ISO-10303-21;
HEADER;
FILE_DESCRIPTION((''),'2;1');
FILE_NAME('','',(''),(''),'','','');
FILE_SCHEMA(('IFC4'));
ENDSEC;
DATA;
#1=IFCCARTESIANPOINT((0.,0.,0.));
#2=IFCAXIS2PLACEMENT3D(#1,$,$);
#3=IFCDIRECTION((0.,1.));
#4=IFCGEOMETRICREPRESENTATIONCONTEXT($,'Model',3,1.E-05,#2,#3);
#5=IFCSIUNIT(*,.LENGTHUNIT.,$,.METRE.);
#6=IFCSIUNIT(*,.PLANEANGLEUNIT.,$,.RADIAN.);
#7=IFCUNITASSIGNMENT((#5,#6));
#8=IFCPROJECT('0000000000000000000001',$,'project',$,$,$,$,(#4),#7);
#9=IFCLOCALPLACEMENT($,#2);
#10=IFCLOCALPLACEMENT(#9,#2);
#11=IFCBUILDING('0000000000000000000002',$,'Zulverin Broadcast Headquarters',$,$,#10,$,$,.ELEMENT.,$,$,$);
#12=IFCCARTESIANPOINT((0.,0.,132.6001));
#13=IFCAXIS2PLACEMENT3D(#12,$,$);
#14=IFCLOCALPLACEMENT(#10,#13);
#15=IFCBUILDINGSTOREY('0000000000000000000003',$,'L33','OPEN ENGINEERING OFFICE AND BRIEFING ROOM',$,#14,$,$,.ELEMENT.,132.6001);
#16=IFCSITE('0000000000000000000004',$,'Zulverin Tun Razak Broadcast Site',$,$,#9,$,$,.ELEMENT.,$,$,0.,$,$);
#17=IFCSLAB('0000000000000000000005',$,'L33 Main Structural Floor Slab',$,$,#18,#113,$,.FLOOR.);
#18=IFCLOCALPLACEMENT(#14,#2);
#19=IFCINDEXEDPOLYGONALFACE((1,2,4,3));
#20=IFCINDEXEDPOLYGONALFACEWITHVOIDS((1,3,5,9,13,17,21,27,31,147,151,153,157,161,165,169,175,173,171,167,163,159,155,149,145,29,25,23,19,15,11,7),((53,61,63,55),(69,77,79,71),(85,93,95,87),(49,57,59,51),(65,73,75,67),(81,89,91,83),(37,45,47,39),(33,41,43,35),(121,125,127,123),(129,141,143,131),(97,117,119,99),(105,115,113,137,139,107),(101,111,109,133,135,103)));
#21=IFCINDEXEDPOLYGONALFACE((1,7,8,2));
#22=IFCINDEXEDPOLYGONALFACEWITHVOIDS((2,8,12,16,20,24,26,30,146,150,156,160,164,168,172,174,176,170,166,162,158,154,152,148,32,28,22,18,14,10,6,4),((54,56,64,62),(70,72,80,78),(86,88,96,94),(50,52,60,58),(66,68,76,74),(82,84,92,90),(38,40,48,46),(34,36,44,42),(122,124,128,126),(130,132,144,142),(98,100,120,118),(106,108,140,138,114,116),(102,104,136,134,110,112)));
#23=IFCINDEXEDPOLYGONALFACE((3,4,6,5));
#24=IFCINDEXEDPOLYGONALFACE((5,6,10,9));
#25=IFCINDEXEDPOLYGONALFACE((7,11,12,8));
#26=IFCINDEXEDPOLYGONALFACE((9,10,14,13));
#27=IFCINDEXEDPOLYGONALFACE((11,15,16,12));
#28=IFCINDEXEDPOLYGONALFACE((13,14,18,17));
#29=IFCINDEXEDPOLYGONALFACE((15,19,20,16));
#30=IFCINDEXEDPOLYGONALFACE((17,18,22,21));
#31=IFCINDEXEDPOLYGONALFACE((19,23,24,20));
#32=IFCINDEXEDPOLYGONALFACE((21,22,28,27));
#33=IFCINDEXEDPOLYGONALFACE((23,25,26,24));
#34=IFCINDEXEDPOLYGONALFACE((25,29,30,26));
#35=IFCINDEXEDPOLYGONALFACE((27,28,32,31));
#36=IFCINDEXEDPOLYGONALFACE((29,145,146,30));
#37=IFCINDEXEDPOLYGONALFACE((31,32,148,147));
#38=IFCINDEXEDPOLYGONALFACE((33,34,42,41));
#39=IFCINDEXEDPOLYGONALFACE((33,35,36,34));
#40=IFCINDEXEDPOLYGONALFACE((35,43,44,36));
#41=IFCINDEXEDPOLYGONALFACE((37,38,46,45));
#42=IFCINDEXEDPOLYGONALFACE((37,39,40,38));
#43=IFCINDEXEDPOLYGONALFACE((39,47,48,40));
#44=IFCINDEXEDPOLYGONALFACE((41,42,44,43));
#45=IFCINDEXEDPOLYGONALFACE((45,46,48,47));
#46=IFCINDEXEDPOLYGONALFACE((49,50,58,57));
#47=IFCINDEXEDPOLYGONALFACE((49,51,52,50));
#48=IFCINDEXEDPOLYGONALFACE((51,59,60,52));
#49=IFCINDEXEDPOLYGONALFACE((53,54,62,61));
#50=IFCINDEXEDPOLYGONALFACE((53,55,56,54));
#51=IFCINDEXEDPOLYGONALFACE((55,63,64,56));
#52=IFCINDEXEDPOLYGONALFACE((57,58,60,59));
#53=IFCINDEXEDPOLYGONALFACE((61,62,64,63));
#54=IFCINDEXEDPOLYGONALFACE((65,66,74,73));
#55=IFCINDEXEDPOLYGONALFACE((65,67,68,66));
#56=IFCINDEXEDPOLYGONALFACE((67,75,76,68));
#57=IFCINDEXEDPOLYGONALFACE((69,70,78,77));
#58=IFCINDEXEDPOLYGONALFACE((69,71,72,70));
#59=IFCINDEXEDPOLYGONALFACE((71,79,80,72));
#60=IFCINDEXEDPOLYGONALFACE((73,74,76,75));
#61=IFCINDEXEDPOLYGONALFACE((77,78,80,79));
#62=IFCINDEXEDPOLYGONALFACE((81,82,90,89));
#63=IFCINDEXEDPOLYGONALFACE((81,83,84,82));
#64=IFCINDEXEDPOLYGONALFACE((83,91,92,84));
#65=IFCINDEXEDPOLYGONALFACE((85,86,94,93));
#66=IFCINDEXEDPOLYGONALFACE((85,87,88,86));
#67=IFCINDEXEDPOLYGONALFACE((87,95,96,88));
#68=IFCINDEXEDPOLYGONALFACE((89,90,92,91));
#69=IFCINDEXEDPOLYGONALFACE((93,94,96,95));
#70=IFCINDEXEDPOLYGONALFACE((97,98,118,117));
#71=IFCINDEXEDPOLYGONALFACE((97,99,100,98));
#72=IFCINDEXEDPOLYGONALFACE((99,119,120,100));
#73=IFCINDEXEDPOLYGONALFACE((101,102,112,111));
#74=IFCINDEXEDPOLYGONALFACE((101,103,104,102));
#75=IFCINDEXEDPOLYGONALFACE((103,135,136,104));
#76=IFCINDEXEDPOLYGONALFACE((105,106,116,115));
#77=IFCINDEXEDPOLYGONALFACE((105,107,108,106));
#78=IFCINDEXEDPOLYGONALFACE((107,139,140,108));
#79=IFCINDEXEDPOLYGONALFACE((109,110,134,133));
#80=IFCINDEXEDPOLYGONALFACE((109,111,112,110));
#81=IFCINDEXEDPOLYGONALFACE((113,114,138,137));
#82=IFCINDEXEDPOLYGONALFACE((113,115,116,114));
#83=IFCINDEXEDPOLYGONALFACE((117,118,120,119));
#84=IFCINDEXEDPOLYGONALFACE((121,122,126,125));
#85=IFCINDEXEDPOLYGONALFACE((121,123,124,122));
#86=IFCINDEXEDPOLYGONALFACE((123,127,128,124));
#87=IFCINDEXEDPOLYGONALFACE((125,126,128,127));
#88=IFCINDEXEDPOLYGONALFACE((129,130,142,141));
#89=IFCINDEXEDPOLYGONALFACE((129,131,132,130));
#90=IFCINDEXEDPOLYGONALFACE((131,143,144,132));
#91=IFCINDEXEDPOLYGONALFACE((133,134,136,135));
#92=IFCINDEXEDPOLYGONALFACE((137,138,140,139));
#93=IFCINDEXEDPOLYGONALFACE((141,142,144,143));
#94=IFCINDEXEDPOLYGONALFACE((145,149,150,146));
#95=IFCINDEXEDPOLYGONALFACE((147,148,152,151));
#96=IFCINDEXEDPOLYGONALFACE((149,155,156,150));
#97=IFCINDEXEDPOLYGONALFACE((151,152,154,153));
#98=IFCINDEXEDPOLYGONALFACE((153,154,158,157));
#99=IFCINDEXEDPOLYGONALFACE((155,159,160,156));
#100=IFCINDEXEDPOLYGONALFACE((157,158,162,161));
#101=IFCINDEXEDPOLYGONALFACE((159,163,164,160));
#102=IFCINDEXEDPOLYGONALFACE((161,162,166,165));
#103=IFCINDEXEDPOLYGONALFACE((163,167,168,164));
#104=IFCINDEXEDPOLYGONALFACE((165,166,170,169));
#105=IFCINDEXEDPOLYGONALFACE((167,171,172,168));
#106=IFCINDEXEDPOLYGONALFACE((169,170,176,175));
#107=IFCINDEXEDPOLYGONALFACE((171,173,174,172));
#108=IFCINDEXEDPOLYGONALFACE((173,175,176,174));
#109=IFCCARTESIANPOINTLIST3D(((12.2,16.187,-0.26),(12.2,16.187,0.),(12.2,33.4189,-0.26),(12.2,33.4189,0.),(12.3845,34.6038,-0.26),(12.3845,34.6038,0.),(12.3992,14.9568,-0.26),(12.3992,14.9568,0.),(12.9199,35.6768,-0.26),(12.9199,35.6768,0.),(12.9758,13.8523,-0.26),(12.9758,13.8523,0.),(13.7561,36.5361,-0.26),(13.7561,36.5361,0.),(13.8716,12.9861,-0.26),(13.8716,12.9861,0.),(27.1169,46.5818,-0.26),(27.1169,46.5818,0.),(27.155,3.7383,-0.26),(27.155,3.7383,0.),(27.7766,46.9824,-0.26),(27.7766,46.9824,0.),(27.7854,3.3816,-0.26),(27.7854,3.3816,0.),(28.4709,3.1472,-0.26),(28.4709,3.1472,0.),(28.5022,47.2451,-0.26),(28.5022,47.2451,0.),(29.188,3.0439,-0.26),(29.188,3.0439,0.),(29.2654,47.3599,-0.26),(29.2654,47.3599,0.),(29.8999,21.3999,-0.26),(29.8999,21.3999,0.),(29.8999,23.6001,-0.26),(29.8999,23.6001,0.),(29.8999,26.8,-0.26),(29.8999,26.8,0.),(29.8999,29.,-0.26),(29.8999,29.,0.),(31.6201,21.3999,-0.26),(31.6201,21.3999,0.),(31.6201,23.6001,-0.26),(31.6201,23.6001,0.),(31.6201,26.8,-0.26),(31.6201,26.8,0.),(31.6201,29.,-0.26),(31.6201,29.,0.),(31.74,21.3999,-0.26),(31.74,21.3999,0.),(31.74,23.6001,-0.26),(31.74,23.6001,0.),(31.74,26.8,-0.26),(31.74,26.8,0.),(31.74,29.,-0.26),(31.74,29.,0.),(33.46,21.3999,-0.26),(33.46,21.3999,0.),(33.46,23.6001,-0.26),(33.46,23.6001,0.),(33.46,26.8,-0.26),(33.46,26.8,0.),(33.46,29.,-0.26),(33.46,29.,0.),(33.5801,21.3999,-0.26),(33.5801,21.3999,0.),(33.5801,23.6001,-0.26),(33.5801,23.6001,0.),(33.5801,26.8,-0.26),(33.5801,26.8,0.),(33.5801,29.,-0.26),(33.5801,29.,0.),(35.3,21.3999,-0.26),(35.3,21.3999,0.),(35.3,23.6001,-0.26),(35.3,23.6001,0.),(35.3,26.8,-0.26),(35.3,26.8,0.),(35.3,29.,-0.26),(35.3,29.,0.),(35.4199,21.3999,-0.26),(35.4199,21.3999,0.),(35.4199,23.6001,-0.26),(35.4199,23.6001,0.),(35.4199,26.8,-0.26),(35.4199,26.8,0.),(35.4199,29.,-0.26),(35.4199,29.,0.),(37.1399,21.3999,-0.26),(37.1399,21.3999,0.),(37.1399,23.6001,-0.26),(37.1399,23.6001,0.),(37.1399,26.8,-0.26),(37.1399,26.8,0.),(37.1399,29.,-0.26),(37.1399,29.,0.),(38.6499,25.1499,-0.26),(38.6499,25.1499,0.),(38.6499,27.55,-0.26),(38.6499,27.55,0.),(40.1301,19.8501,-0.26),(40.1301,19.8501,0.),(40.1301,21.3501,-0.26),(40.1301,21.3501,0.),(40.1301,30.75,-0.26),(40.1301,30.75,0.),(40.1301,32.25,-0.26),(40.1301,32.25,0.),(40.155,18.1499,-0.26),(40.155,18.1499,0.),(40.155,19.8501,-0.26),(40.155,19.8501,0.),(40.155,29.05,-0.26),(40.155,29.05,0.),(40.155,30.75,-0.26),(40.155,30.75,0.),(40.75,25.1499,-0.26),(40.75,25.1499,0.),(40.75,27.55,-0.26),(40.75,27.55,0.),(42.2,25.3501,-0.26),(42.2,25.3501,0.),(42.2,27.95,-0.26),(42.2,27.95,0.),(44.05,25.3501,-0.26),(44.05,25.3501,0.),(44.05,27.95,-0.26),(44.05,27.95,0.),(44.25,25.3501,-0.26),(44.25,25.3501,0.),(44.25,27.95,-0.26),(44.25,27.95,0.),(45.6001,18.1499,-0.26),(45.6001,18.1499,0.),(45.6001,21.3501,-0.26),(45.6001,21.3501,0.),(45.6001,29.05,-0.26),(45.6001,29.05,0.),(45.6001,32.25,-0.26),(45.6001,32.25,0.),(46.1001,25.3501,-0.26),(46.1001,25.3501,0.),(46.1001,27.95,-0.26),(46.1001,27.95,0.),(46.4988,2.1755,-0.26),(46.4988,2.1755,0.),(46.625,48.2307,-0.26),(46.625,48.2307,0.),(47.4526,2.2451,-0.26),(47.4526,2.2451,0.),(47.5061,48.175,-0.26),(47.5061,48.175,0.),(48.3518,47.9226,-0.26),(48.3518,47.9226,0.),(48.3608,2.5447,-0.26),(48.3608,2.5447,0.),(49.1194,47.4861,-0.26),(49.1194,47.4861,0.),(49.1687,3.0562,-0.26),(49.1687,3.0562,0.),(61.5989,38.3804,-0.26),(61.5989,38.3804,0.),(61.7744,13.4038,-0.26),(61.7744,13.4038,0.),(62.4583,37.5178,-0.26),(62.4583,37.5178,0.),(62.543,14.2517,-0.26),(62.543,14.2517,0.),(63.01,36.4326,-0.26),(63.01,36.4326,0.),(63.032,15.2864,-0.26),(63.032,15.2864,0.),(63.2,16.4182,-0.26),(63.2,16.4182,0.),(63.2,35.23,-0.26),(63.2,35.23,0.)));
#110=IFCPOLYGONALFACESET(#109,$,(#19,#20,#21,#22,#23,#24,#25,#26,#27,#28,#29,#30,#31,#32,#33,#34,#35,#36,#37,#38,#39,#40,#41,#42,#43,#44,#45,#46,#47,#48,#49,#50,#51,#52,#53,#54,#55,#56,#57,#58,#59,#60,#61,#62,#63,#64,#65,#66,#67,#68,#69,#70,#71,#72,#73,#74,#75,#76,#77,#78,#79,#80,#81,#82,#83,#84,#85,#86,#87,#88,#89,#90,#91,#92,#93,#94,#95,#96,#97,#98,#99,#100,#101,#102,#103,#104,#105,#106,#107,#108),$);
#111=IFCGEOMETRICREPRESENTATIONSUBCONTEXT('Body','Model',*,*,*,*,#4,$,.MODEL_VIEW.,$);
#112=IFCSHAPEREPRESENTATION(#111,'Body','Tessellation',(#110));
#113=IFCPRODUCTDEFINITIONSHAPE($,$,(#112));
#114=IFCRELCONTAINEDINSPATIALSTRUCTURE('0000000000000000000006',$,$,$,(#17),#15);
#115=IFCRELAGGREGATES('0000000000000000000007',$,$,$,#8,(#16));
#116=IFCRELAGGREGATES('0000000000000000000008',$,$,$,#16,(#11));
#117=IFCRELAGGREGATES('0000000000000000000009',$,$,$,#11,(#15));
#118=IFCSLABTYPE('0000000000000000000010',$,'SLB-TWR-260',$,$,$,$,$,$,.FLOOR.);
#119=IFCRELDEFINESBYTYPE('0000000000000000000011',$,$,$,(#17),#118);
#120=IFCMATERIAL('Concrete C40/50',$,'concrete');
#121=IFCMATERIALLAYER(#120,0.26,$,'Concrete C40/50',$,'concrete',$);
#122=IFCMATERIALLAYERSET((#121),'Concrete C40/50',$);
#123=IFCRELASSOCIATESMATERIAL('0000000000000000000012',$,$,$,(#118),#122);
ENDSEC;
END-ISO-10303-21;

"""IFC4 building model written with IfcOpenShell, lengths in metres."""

from ifc_helpers import new_model, si_unit, direction, frame, origin, place, context, subcontext, project, spatial, polyline, outline, extrude, material, layer, layer_set, type_object, element, save


model = new_model("IFC4")

# Units and contexts
model_context = context("Model", 3, precision=1e-05, world=origin(), true_north=direction((0.0, 1.0)))
body_context = subcontext(model_context, "Body", "Model", "MODEL_VIEW")
ifc_project = project(units=[si_unit("LENGTHUNIT", "METRE"), si_unit("PLANEANGLEUNIT", "RADIAN")], contexts=[model_context])

# Site, building, storey
site_placement = place(None, origin())
site = spatial("IfcSite", under=ifc_project, at=site_placement, Name="Zulverin Tun Razak Broadcast Site", CompositionType="ELEMENT", RefElevation=0.0)
building_placement = place(site_placement, origin())
building = spatial("IfcBuilding", under=site, at=building_placement, Name="Zulverin Broadcast Headquarters", CompositionType="ELEMENT")
storey_placement = place(building_placement, frame((0.0, 0.0, 132.6001)))
storey = spatial("IfcBuildingStorey", under=building, at=storey_placement, Name="L33", Description="OPEN ENGINEERING OFFICE AND BRIEFING ROOM", CompositionType="ELEMENT", Elevation=132.6001)

# Shared definitions
ifc_material_1 = material(Name="Concrete C40/50", Category="concrete")

# Slab
ifc_layer_1 = layer(ifc_material_1, 0.26, Name="Concrete C40/50", Category="concrete")
ifc_layer_set_1 = layer_set([ifc_layer_1], Name="Concrete C40/50")
slab_type_1 = type_object("IfcSlabType", Name="SLB-TWR-260", PredefinedType="FLOOR", material=ifc_layer_set_1)
slab_1_placement = place(storey_placement, frame((0.0, 0.0, -0.26)))
element("IfcSlab", 1, at=slab_1_placement, inside=storey, type_object=slab_type_1, Name="L33 Main Structural Floor Slab", PredefinedType="FLOOR", context=body_context, shape_type="SweptSolid", body=[
    extrude(outline(polyline([(27.155, 3.7383), (27.7854, 3.3816), (28.4709, 3.1472), (29.188, 3.0439), (46.4988, 2.1755), (47.4526, 2.2451), (48.3608, 2.5447), (49.1687, 3.0562), (61.7744, 13.4038), (62.543, 14.2517), (63.032, 15.2864), (63.2, 16.4182), (63.2, 35.23), (63.01, 36.4326), (62.4583, 37.5178), (61.5989, 38.3804), (49.1194, 47.4861), (48.3518, 47.9226), (47.5061, 48.175), (46.625, 48.2307), (29.2654, 47.3599), (28.5022, 47.2451), (27.7766, 46.9824), (27.1169, 46.5818), (13.7561, 36.5361), (12.9199, 35.6768), (12.3845, 34.6038), (12.2, 33.4189), (12.2, 16.187), (12.3992, 14.9568), (12.9758, 13.8523), (13.8716, 12.9861), (27.155, 3.7383)]), holes=[polyline([(40.155, 30.75), (40.1301, 30.75), (40.1301, 32.25), (45.6001, 32.25), (45.6001, 29.05), (40.155, 29.05), (40.155, 30.75)]), polyline([(40.155, 19.8501), (40.1301, 19.8501), (40.1301, 21.3501), (45.6001, 21.3501), (45.6001, 18.1499), (40.155, 18.1499), (40.155, 19.8501)]), polyline([(29.8999, 21.3999), (31.6201, 21.3999), (31.6201, 23.6001), (29.8999, 23.6001), (29.8999, 21.3999)]), polyline([(31.74, 21.3999), (33.46, 21.3999), (33.46, 23.6001), (31.74, 23.6001), (31.74, 21.3999)]), polyline([(33.5801, 21.3999), (35.3, 21.3999), (35.3, 23.6001), (33.5801, 23.6001), (33.5801, 21.3999)]), polyline([(35.4199, 21.3999), (37.1399, 21.3999), (37.1399, 23.6001), (35.4199, 23.6001), (35.4199, 21.3999)]), polyline([(29.8999, 26.8), (31.6201, 26.8), (31.6201, 29.0), (29.8999, 29.0), (29.8999, 26.8)]), polyline([(31.74, 26.8), (33.46, 26.8), (33.46, 29.0), (31.74, 29.0), (31.74, 26.8)]), polyline([(33.5801, 26.8), (35.3, 26.8), (35.3, 29.0), (33.5801, 29.0), (33.5801, 26.8)]), polyline([(35.4199, 26.8), (37.1399, 26.8), (37.1399, 29.0), (35.4199, 29.0), (35.4199, 26.8)]), polyline([(42.2, 25.3501), (44.05, 25.3501), (44.05, 27.95), (42.2, 27.95), (42.2, 25.3501)]), polyline([(44.25, 25.3501), (46.1001, 25.3501), (46.1001, 27.95), (44.25, 27.95), (44.25, 25.3501)]), polyline([(38.6499, 25.1499), (40.75, 25.1499), (40.75, 27.55), (38.6499, 27.55), (38.6499, 25.1499)])]), origin(), (0.0, 0.0, 1.0), 0.26),
])

save(model, "model.ifc")
